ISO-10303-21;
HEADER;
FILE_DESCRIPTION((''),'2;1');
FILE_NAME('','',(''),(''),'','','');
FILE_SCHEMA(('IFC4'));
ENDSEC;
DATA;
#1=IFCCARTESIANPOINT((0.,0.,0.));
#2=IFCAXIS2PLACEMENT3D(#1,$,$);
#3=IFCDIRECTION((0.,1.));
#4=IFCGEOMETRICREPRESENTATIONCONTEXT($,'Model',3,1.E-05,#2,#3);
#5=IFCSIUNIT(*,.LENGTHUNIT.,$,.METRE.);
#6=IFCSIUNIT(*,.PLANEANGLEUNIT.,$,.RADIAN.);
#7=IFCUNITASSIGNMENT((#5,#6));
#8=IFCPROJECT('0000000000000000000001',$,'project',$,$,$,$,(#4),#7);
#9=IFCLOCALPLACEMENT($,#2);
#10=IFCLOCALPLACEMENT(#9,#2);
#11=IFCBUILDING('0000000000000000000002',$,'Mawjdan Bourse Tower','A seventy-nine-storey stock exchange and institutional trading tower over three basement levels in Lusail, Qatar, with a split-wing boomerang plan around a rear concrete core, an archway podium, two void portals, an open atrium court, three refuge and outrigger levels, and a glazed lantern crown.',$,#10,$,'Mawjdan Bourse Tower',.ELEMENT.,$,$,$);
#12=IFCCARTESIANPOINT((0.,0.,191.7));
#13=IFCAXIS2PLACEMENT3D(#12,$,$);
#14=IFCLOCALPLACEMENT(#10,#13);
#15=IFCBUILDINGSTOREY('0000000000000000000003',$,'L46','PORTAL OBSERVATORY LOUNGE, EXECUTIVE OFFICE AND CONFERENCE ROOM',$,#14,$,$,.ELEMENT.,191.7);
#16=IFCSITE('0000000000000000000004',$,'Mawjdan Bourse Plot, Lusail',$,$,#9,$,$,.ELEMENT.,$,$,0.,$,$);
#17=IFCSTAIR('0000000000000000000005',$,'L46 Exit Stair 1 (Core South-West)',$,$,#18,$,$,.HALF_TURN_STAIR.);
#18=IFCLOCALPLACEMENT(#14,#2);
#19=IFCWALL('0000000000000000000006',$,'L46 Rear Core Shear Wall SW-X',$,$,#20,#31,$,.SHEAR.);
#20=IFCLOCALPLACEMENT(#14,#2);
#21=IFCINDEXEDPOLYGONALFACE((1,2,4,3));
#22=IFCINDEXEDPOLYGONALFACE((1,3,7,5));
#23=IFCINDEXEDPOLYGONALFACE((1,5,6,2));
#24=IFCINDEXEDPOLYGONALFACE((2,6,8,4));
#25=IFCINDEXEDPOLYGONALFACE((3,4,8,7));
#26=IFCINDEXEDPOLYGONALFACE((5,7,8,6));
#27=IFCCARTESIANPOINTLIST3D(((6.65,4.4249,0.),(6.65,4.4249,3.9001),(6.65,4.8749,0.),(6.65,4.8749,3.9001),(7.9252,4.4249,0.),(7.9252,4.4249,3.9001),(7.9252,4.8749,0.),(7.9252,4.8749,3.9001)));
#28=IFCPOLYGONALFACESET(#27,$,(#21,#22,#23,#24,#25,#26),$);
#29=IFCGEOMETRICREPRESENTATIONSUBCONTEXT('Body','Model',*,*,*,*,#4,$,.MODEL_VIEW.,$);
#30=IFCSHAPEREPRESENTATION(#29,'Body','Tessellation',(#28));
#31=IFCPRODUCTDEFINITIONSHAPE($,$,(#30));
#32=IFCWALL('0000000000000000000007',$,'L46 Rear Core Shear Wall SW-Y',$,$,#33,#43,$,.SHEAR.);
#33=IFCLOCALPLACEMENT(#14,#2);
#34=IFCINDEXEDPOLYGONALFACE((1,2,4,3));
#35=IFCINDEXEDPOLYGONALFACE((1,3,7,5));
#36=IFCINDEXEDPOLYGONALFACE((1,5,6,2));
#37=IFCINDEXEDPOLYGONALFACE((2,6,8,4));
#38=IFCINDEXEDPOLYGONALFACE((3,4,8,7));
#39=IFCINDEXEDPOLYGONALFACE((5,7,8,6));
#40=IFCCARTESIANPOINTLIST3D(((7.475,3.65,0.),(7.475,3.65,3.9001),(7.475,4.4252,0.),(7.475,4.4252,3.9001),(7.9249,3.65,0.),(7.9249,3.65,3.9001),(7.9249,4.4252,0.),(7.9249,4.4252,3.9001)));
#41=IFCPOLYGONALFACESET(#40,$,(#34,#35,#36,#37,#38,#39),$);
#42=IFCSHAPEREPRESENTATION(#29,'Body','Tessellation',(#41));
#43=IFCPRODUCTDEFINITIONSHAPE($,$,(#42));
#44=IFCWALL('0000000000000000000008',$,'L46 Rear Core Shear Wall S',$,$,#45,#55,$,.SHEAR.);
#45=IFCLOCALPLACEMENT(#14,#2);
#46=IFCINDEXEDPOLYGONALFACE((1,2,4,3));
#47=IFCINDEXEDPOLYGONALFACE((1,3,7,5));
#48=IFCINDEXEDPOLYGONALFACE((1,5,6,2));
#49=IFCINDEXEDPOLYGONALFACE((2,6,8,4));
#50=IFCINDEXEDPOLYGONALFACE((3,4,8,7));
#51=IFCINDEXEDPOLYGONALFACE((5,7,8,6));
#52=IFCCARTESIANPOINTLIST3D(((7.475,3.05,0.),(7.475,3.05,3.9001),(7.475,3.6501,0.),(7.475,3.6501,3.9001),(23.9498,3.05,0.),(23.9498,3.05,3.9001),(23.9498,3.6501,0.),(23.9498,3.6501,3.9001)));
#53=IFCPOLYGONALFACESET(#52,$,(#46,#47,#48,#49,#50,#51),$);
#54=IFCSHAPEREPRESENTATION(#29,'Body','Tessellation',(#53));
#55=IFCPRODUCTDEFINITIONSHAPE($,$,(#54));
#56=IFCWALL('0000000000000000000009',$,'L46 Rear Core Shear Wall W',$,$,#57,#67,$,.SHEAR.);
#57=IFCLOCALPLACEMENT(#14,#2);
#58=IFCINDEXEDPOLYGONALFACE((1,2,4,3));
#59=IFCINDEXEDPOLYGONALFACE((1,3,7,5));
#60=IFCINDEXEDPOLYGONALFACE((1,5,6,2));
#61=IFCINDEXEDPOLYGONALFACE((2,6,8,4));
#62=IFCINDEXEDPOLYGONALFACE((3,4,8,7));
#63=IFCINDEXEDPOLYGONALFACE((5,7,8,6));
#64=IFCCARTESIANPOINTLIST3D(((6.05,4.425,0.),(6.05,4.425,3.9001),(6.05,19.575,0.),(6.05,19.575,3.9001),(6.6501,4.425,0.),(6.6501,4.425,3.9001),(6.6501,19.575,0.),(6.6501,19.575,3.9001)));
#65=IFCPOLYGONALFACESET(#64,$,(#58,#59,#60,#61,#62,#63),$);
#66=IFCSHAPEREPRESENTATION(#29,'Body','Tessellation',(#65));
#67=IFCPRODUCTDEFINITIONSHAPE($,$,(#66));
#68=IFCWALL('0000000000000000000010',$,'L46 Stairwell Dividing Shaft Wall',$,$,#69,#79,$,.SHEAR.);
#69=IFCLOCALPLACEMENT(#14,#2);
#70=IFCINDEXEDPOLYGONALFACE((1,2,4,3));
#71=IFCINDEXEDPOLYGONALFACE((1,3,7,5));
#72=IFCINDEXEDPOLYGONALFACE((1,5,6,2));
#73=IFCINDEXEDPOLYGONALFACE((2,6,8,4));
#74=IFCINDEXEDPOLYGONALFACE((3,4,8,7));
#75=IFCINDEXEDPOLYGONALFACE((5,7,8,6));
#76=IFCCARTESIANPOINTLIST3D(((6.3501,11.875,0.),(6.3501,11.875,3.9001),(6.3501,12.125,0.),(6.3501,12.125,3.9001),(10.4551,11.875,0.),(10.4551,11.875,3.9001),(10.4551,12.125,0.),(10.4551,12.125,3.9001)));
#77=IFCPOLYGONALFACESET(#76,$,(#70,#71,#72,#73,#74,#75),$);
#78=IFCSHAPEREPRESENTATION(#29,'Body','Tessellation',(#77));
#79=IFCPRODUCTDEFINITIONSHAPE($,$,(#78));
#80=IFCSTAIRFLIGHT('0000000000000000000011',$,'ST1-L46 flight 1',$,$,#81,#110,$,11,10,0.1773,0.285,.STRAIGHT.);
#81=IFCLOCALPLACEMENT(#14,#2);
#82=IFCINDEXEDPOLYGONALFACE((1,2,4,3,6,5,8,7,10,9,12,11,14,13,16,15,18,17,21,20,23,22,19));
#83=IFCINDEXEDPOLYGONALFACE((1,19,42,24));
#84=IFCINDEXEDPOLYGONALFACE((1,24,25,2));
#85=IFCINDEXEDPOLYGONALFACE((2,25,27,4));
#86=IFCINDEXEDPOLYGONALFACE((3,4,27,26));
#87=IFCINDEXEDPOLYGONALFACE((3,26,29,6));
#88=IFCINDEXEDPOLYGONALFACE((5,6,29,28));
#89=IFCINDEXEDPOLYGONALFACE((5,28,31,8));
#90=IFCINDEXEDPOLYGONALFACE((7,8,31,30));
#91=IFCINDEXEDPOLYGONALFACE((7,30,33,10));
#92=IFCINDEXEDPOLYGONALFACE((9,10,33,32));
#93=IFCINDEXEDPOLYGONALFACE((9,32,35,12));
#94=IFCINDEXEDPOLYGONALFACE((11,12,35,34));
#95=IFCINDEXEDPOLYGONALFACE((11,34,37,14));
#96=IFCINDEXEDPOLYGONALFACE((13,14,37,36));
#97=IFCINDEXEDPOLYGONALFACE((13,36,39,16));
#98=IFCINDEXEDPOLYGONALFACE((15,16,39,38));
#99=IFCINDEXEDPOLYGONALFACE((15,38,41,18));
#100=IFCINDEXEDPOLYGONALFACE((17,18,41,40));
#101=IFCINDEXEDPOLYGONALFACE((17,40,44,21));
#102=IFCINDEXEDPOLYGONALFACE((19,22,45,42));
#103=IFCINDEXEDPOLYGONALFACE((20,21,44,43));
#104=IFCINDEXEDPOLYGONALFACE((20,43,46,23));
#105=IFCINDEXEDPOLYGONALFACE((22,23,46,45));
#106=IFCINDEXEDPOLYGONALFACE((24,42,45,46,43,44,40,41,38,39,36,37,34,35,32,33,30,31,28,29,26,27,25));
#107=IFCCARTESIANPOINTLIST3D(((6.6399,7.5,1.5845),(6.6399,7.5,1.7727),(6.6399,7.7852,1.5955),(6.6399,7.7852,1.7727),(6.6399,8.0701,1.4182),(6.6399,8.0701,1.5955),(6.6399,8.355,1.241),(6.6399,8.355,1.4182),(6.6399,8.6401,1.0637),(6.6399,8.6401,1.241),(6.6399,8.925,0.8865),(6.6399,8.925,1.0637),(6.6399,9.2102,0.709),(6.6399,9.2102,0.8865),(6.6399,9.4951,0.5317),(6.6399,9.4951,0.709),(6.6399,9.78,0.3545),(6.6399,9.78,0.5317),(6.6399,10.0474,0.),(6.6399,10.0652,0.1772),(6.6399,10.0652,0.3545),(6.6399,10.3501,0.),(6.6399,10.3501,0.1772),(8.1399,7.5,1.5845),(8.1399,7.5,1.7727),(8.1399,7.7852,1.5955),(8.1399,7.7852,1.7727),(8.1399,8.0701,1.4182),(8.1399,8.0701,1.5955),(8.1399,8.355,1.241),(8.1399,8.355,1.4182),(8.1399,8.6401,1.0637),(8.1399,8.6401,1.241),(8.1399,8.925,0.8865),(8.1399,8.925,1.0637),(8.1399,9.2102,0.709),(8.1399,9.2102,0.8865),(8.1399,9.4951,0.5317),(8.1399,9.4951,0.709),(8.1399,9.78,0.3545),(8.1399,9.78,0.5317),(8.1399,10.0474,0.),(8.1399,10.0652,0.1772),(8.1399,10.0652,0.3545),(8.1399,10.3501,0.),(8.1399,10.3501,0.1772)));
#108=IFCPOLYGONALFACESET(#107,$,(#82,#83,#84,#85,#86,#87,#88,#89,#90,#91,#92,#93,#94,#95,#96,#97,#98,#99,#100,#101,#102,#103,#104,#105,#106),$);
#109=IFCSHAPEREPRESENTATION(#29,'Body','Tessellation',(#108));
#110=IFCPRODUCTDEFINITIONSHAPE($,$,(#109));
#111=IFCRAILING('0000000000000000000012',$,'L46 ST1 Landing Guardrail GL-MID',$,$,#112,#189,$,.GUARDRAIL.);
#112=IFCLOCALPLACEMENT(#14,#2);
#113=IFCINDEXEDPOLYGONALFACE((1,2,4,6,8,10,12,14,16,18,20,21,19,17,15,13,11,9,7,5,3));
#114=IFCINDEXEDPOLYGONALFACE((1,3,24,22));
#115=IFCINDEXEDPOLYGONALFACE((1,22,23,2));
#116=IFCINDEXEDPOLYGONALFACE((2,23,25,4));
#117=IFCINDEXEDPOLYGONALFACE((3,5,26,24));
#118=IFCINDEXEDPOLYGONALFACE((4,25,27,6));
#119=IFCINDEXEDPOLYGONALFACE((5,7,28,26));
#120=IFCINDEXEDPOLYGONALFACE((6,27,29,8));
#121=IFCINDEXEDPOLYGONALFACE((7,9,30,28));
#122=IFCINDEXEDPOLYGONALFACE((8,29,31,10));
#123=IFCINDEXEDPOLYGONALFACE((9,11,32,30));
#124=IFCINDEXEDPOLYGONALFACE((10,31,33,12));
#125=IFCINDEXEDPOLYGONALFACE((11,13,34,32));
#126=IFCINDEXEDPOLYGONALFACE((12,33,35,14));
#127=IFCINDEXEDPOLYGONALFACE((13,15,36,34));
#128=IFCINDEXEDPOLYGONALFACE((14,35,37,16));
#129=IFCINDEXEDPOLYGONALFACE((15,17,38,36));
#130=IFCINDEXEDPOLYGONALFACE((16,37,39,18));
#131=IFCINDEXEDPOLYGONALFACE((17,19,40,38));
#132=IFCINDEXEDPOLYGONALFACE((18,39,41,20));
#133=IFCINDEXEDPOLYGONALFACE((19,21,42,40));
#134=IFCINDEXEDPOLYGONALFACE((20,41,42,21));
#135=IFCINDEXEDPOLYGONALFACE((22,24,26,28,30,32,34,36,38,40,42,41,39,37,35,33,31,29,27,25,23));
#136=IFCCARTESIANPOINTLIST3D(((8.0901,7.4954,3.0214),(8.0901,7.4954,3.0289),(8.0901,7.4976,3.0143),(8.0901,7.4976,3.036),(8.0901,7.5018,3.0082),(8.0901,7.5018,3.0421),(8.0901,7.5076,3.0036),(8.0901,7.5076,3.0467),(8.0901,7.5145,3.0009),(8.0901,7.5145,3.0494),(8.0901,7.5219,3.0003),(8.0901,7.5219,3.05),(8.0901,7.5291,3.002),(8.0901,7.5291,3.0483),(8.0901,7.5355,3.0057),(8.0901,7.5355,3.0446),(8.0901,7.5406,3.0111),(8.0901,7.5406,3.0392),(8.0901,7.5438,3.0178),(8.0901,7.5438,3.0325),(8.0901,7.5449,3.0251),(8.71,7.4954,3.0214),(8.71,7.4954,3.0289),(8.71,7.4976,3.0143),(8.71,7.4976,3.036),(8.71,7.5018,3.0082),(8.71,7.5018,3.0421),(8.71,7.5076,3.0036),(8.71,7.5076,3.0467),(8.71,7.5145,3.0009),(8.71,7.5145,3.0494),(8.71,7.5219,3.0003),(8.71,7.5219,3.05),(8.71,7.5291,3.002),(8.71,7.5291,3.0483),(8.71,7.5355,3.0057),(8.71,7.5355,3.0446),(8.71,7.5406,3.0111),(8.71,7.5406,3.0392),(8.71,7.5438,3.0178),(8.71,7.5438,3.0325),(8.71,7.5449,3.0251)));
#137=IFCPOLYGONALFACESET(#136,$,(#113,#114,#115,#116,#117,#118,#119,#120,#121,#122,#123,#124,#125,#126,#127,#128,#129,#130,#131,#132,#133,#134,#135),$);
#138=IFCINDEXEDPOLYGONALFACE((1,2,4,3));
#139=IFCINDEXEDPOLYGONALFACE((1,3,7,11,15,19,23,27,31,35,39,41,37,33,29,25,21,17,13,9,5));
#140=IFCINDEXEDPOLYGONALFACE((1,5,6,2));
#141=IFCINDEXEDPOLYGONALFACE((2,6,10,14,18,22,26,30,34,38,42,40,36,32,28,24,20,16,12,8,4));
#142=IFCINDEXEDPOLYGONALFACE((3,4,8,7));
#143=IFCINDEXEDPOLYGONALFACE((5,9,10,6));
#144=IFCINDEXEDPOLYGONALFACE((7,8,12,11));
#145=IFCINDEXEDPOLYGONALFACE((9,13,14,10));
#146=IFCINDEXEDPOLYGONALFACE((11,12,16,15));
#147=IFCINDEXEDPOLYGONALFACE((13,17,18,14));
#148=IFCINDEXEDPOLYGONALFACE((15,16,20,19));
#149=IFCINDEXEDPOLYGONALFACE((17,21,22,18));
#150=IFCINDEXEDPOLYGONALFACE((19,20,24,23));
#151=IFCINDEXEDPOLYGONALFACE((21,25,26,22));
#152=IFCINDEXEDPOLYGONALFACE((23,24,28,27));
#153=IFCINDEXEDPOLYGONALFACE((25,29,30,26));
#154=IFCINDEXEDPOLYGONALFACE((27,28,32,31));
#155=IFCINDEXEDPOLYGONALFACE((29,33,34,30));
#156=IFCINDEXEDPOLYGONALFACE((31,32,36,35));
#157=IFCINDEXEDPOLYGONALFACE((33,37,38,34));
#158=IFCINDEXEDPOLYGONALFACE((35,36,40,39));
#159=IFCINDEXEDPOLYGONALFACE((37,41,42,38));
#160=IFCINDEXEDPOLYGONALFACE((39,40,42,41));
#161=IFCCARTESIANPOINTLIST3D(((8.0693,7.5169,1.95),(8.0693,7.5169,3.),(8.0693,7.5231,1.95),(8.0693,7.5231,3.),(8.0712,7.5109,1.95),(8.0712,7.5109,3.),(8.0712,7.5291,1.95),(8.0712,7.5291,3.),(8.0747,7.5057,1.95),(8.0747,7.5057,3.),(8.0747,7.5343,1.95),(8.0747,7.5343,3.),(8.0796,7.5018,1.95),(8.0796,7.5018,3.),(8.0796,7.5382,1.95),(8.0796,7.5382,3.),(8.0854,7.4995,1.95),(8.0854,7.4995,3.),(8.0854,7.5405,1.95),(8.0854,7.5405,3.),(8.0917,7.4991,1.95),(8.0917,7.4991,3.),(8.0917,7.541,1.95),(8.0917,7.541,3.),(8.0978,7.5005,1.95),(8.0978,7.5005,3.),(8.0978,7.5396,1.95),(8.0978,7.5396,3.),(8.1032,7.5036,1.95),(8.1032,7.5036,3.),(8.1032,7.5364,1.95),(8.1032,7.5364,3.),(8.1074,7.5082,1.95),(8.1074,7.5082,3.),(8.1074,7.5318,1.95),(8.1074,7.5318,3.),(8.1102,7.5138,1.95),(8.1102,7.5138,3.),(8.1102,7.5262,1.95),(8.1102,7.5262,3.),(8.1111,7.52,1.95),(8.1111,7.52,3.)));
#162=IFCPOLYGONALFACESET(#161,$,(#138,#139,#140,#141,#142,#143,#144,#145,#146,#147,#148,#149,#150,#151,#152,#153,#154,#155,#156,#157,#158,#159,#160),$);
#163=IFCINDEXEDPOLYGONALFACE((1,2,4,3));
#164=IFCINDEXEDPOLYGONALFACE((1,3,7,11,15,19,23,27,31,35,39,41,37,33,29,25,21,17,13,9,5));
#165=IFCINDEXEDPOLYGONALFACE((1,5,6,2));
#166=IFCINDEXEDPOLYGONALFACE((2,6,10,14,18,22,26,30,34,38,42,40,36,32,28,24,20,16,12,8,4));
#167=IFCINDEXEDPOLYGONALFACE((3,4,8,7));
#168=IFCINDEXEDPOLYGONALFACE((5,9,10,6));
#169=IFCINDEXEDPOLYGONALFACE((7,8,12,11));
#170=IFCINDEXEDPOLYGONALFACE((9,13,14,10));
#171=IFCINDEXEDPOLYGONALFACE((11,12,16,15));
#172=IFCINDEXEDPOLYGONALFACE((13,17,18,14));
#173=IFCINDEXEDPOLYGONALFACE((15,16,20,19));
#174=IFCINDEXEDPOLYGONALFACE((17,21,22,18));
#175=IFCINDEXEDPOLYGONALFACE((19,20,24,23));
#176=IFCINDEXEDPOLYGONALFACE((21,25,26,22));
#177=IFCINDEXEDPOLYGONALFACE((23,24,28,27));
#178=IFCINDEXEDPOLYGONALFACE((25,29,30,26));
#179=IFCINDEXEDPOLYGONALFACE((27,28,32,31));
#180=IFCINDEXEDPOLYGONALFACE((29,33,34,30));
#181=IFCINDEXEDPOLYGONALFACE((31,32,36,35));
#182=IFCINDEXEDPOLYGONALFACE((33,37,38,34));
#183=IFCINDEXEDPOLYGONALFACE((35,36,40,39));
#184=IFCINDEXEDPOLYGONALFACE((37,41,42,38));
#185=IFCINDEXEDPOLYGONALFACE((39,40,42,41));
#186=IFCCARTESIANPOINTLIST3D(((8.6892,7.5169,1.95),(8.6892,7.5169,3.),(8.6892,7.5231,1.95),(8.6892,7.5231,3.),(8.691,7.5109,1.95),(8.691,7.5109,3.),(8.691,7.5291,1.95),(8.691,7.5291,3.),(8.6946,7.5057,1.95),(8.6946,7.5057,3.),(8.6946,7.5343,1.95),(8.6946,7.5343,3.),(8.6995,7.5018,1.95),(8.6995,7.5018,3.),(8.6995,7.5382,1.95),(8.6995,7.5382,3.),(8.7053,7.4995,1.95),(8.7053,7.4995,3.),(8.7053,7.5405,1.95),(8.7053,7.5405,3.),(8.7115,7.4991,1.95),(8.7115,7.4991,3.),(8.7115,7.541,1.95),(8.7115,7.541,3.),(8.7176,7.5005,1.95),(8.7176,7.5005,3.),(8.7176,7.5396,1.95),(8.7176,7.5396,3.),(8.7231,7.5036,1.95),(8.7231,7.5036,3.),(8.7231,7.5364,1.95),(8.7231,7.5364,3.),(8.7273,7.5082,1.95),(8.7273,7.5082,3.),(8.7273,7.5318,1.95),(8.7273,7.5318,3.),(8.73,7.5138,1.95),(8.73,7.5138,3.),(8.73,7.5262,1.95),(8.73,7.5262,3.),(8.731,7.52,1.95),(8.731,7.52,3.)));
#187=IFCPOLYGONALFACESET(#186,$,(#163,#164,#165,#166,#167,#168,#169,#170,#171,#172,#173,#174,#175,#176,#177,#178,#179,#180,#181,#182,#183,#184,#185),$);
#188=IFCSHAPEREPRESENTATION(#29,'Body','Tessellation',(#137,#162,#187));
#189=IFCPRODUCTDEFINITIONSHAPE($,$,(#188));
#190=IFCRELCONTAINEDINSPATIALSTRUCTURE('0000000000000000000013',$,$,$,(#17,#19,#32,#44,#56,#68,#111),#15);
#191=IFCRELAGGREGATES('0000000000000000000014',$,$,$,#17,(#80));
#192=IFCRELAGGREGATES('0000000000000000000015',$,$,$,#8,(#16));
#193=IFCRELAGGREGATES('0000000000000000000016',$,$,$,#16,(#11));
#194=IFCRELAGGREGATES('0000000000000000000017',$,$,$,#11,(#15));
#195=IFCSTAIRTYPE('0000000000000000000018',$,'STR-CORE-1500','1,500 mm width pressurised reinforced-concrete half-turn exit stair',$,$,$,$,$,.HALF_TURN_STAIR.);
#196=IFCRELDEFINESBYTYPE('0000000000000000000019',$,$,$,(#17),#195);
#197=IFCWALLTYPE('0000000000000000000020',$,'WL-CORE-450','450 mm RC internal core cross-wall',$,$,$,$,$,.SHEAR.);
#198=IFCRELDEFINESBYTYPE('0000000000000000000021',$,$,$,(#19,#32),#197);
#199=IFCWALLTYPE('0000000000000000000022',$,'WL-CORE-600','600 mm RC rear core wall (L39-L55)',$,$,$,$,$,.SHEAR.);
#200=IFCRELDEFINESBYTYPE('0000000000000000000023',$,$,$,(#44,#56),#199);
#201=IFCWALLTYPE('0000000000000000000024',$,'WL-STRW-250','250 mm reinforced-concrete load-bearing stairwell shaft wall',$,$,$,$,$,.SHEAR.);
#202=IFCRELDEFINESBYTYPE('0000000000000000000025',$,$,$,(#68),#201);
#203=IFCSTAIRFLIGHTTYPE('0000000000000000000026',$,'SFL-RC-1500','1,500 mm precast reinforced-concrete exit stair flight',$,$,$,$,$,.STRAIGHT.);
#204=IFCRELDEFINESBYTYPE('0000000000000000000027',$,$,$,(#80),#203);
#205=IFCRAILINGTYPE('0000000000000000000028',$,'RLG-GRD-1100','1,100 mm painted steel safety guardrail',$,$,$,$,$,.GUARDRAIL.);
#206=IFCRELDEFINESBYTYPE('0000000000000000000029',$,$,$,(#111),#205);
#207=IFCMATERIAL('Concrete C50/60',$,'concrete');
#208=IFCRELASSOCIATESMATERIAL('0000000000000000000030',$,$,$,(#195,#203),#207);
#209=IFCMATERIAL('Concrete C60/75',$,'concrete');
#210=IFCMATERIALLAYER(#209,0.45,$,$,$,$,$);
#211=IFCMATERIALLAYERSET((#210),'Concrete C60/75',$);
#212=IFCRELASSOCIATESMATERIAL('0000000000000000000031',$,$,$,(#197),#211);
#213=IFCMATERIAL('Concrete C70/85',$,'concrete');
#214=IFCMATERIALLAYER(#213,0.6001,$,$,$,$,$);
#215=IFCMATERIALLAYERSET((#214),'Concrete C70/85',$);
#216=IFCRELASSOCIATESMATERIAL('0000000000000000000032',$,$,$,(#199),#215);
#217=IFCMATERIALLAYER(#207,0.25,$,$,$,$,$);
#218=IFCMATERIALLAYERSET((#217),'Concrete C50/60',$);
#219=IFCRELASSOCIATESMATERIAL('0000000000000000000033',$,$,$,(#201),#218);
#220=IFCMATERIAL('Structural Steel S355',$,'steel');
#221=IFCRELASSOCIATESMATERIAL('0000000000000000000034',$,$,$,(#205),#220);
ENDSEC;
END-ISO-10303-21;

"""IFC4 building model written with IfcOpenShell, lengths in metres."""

from ifc_helpers import new_model, si_unit, direction, frame, frame_2d, origin, origin_2d, place, context, subcontext, project, spatial, polyline, rectangle, circle, outline, extrude, material, layer, layer_set, type_object, element, aggregate, save


model = new_model("IFC4")

# Units and contexts
model_context = context("Model", 3, precision=1e-05, world=origin(), true_north=direction((0.0, 1.0)))
body_context = subcontext(model_context, "Body", "Model", "MODEL_VIEW")
ifc_project = project(units=[si_unit("LENGTHUNIT", "METRE"), si_unit("PLANEANGLEUNIT", "RADIAN")], contexts=[model_context])

# Site, building, storey
site_placement = place(None, origin())
site = spatial("IfcSite", under=ifc_project, at=site_placement, Name="Mawjdan Bourse Plot, Lusail", CompositionType="ELEMENT", RefElevation=0.0)
building_placement = place(site_placement, origin())
building = spatial("IfcBuilding", under=site, at=building_placement, Name="Mawjdan Bourse Tower", Description="A seventy-nine-storey stock exchange and institutional trading tower over three basement levels in Lusail, Qatar, with a split-wing boomerang plan around a rear concrete core, an archway podium, two void portals, an open atrium court, three refuge and outrigger levels, and a glazed lantern crown.", LongName="Mawjdan Bourse Tower", CompositionType="ELEMENT")
storey_placement = place(building_placement, frame((0.0, 0.0, 191.7)))
storey = spatial("IfcBuildingStorey", under=building, at=storey_placement, Name="L46", Description="PORTAL OBSERVATORY LOUNGE, EXECUTIVE OFFICE AND CONFERENCE ROOM", CompositionType="ELEMENT", Elevation=191.7)

# Stair
ifc_material_1 = material(Name="Concrete C50/60", Category="concrete")
stair_type = type_object("IfcStairType", Name="STR-CORE-1500", Description="1,500 mm width pressurised reinforced-concrete half-turn exit stair", PredefinedType="HALF_TURN_STAIR", material=ifc_material_1)
stair_1_placement = place(storey_placement, origin())
stair_1 = element("IfcStair", 1, at=stair_1_placement, inside=storey, type_object=stair_type, Name="L46 Exit Stair 1 (Core South-West)", PredefinedType="HALF_TURN_STAIR")

# Walls
ifc_material_2 = material(Name="Concrete C60/75", Category="concrete")
ifc_layer_1 = layer(ifc_material_2, 0.45)
ifc_layer_set_1 = layer_set([ifc_layer_1], Name="Concrete C60/75")
wall_type_1 = type_object("IfcWallType", Name="WL-CORE-450", Description="450 mm RC internal core cross-wall", PredefinedType="SHEAR", material=ifc_layer_set_1)
wall_1_placement = place(storey_placement, frame((6.6499, 4.6499, 0.0), z_axis=(0.0, 0.0, 1.0), x_axis=(1.0, 0.0, 0.0)))
element("IfcWall", 2, at=wall_1_placement, inside=storey, type_object=wall_type_1, Name="L46 Rear Core Shear Wall SW-X", PredefinedType="SHEAR", context=body_context, shape_type="SweptSolid", body=[
    extrude(rectangle(XDim=1.2751, YDim=0.45, at=frame_2d((0.6377, 0.0))), origin(), (0.0, 0.0, 1.0), 3.9001),
])
wall_2_placement = place(storey_placement, frame((7.7, 3.6499, 0.0), z_axis=(0.0, 0.0, 1.0), x_axis=(0.0, 1.0, 0.0)))
element("IfcWall", 3, at=wall_2_placement, inside=storey, type_object=wall_type_1, Name="L46 Rear Core Shear Wall SW-Y", PredefinedType="SHEAR", context=body_context, shape_type="SweptSolid", body=[
    extrude(rectangle(XDim=0.7751, YDim=0.45, at=frame_2d((0.3877, 0.0))), origin(), (0.0, 0.0, 1.0), 3.9001),
])
ifc_material_3 = material(Name="Concrete C70/85", Category="concrete")
ifc_layer_2 = layer(ifc_material_3, 0.6001)
ifc_layer_set_2 = layer_set([ifc_layer_2], Name="Concrete C70/85")
wall_type_2 = type_object("IfcWallType", Name="WL-CORE-600", Description="600 mm RC rear core wall (L39-L55)", PredefinedType="SHEAR", material=ifc_layer_set_2)
wall_3_placement = place(storey_placement, frame((7.4751, 3.3501, 0.0), z_axis=(0.0, 0.0, 1.0), x_axis=(1.0, 0.0, 0.0)))
element("IfcWall", 4, at=wall_3_placement, inside=storey, type_object=wall_type_2, Name="L46 Rear Core Shear Wall S", PredefinedType="SHEAR", context=body_context, shape_type="SweptSolid", body=[
    extrude(rectangle(XDim=16.4749, YDim=0.6001, at=frame_2d((8.2373, 0.0))), origin(), (0.0, 0.0, 1.0), 3.9001),
])
wall_4_placement = place(storey_placement, frame((6.3501, 4.425, 0.0), z_axis=(0.0, 0.0, 1.0), x_axis=(0.0, 1.0, 0.0)))
element("IfcWall", 5, at=wall_4_placement, inside=storey, type_object=wall_type_2, Name="L46 Rear Core Shear Wall W", PredefinedType="SHEAR", context=body_context, shape_type="SweptSolid", body=[
    extrude(rectangle(XDim=15.1499, YDim=0.6001, at=frame_2d((7.575, 0.0))), origin(), (0.0, 0.0, 1.0), 3.9001),
])
ifc_layer_3 = layer(ifc_material_1, 0.25)
ifc_layer_set_3 = layer_set([ifc_layer_3], Name="Concrete C50/60")
wall_type_3 = type_object("IfcWallType", Name="WL-STRW-250", Description="250 mm reinforced-concrete load-bearing stairwell shaft wall", PredefinedType="SHEAR", material=ifc_layer_set_3)
wall_5_placement = place(storey_placement, frame((6.3501, 12.0, 0.0), z_axis=(0.0, 0.0, 1.0), x_axis=(1.0, 0.0, 0.0)))
element("IfcWall", 6, at=wall_5_placement, inside=storey, type_object=wall_type_3, Name="L46 Stairwell Dividing Shaft Wall", PredefinedType="SHEAR", context=body_context, shape_type="SweptSolid", body=[
    extrude(rectangle(XDim=4.105, YDim=0.25, at=frame_2d((2.0525, 0.0))), origin(), (0.0, 0.0, 1.0), 3.9001),
])

# Stair flight
stair_flight_type = type_object("IfcStairFlightType", Name="SFL-RC-1500", Description="1,500 mm precast reinforced-concrete exit stair flight", PredefinedType="STRAIGHT", material=ifc_material_1)
stair_flight_placement = place(storey_placement, frame((7.3899, 10.3501, 0.0), z_axis=(0.0, 0.0, 1.0), x_axis=(0.0, -1.0, 0.0)))
stair_flight = element("IfcStairFlight", 7, at=stair_flight_placement, type_object=stair_flight_type, Name="ST1-L46 flight 1", NumberOfRisers=11, NumberOfTreads=10, PredefinedType="STRAIGHT", RiserHeight=0.1773, TreadLength=0.285, context=body_context, shape_type="SweptSolid", body=[
    extrude(outline(polyline([(0.0, 0.0), (0.0, 0.1772), (0.2849, 0.1772), (0.2849, 0.3545), (0.5701, 0.3545), (0.5701, 0.5317), (0.855, 0.5317), (0.855, 0.709), (1.1399, 0.709), (1.1399, 0.8865), (1.425, 0.8865), (1.425, 1.0637), (1.71, 1.0637), (1.71, 1.241), (1.9951, 1.241), (1.9951, 1.4182), (2.28, 1.4182), (2.28, 1.5955), (2.5649, 1.5955), (2.5649, 1.7727), (2.8501, 1.7727), (2.8501, 1.95), (2.8501, 1.5845), (0.3027, 0.0), (0.0, 0.0)])), frame((0.0, 0.75, 0.0), z_axis=(0.0, -1.0, 0.0), x_axis=(1.0, 0.0, 0.0)), (0.0, 0.0, 1.0), 1.5),
])
aggregate(stair_1, [stair_flight])

# Railing
ifc_material_4 = material(Name="Structural Steel S355", Category="steel")
railing_type_1 = type_object("IfcRailingType", Name="RLG-GRD-1100", Description="1,100 mm painted steel safety guardrail", PredefinedType="GUARDRAIL", material=ifc_material_4)
for number, where, name in (
    (8, (8.0901, 7.52, 1.95), "L46 ST1 Landing Guardrail GL-MID"),
):
    element("IfcRailing", number, at=place(storey_placement, frame(where)), inside=storey, type_object=railing_type_1, Name=name, PredefinedType="GUARDRAIL", context=body_context, shape_type="SweptSolid", body=[
        extrude(circle(Radius=0.0249, at=origin_2d()), frame((0.0, 0.0, 1.0752), z_axis=(1.0, 0.0, 0.0), x_axis=(0.0, 1.0, 0.0)), (0.0, 0.0, 1.0), 0.6199),
        extrude(circle(Radius=0.021, at=origin_2d()), origin(), (0.0, 0.0, 1.0), 1.05),
        extrude(circle(Radius=0.021, at=origin_2d()), frame((0.6199, 0.0, 0.0)), (0.0, 0.0, 1.0), 1.05),
    ])

save(model, "model.ifc")
